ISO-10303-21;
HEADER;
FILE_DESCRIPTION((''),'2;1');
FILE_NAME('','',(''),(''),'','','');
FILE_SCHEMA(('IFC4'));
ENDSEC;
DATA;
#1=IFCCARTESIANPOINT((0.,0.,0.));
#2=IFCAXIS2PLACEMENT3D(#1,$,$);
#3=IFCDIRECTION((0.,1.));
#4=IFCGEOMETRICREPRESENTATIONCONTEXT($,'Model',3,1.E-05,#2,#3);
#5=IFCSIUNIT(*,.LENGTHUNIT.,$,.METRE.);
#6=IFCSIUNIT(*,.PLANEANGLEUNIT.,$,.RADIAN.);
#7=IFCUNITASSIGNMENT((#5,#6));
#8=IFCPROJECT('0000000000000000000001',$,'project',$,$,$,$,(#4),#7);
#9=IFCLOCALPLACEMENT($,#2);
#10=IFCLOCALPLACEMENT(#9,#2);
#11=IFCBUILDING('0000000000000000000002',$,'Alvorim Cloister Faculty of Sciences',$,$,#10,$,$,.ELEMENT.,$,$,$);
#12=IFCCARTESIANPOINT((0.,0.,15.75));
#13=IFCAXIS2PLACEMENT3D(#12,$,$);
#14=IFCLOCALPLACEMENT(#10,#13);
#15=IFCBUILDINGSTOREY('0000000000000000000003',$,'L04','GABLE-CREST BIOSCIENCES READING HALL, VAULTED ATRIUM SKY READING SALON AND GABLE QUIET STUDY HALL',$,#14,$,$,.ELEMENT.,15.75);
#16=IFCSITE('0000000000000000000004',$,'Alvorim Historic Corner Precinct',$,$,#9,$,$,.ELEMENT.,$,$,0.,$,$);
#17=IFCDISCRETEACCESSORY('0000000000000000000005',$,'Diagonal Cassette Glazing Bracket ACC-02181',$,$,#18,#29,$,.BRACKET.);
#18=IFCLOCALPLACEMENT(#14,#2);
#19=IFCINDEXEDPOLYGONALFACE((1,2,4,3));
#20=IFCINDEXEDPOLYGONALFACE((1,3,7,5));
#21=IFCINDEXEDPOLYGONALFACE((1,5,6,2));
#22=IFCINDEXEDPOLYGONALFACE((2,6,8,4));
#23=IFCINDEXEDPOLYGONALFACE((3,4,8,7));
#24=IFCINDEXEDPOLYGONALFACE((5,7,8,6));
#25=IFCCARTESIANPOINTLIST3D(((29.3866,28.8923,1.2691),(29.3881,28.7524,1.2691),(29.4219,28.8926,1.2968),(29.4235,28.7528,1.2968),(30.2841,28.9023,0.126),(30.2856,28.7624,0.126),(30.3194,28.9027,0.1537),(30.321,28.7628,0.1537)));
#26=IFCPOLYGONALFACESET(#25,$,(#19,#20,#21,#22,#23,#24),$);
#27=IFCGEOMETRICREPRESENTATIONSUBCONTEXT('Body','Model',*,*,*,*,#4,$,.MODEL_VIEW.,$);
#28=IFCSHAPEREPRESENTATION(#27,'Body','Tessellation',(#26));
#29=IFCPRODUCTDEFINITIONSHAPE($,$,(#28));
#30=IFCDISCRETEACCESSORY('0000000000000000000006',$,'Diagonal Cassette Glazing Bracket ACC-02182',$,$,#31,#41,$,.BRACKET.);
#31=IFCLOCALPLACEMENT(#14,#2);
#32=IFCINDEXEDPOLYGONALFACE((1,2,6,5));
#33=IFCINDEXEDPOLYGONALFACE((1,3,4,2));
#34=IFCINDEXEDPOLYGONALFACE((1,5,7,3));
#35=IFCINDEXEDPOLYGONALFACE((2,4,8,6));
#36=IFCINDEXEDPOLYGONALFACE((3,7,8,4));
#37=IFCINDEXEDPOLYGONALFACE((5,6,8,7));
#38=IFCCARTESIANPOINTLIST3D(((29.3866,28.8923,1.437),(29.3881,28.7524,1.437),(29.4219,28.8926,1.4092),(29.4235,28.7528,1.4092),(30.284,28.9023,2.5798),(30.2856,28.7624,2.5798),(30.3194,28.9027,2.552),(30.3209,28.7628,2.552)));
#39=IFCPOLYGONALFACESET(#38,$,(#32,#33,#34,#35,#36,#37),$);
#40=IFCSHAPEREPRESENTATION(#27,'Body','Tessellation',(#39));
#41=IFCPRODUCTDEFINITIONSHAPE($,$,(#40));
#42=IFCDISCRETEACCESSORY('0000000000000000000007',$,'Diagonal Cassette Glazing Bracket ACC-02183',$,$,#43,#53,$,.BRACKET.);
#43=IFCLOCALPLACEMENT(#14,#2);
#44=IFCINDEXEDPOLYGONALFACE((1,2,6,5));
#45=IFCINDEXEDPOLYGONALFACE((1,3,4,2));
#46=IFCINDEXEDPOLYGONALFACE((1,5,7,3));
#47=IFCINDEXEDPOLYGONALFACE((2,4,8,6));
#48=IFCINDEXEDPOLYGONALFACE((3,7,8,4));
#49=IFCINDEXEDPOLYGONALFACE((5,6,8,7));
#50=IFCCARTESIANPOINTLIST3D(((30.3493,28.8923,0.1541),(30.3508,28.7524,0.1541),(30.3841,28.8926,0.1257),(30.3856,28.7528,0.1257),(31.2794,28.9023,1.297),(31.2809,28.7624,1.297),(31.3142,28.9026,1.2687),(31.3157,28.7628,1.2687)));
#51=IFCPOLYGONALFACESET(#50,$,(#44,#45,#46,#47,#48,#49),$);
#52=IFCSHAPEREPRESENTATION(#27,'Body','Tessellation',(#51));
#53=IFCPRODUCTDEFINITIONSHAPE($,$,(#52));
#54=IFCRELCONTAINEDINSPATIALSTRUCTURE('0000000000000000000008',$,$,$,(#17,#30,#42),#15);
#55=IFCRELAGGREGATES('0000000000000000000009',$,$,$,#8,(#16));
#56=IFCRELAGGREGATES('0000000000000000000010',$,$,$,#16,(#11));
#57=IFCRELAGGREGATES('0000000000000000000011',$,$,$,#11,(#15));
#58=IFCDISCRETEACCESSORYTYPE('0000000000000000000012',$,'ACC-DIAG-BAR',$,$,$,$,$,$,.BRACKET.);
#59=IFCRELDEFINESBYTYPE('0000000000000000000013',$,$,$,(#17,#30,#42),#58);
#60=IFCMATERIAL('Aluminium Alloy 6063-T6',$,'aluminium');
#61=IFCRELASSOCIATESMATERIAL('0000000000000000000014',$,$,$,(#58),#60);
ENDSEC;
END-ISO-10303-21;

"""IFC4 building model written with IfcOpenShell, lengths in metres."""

from ifc_helpers import new_model, si_unit, direction, frame, origin, origin_2d, place, context, subcontext, project, spatial, rectangle, extrude, material, type_object, element, save


model = new_model("IFC4")

# Units and contexts
model_context = context("Model", 3, precision=1e-05, world=origin(), true_north=direction((0.0, 1.0)))
body_context = subcontext(model_context, "Body", "Model", "MODEL_VIEW")
ifc_project = project(units=[si_unit("LENGTHUNIT", "METRE"), si_unit("PLANEANGLEUNIT", "RADIAN")], contexts=[model_context])

# Site, building, storey
site_placement = place(None, origin())
site = spatial("IfcSite", under=ifc_project, at=site_placement, Name="Alvorim Historic Corner Precinct", CompositionType="ELEMENT", RefElevation=0.0)
building_placement = place(site_placement, origin())
building = spatial("IfcBuilding", under=site, at=building_placement, Name="Alvorim Cloister Faculty of Sciences", CompositionType="ELEMENT")
storey_placement = place(building_placement, frame((0.0, 0.0, 15.75)))
storey = spatial("IfcBuildingStorey", under=building, at=storey_placement, Name="L04", Description="GABLE-CREST BIOSCIENCES READING HALL, VAULTED ATRIUM SKY READING SALON AND GABLE QUIET STUDY HALL", CompositionType="ELEMENT", Elevation=15.75)

# Shared definitions
ifc_material_1 = material(Name="Aluminium Alloy 6063-T6", Category="aluminium")

# Discrete accessories
discrete_accessory_type = type_object("IfcDiscreteAccessoryType", Name="ACC-DIAG-BAR", PredefinedType="BRACKET", material=ifc_material_1)
discrete_accessory_1_placement = place(storey_placement, frame((29.405, 28.8225, 1.283), z_axis=(0.617525, 0.006888, -0.786521), x_axis=(-0.011153, 0.999938, 0.0)))
element("IfcDiscreteAccessory", 1, at=discrete_accessory_1_placement, inside=storey, type_object=discrete_accessory_type, Name="Diagonal Cassette Glazing Bracket ACC-02181", PredefinedType="BRACKET", context=body_context, shape_type="SweptSolid", body=[
    extrude(rectangle(XDim=0.1399, YDim=0.0449, at=origin_2d()), origin(), (0.0, 0.0, 1.0), 1.4534),
])
discrete_accessory_2_placement = place(storey_placement, frame((29.405, 28.8225, 1.4231), z_axis=(0.617607, 0.006888, 0.786457), x_axis=(-0.011153, 0.999938, 0.0)))
element("IfcDiscreteAccessory", 2, at=discrete_accessory_2_placement, inside=storey, type_object=discrete_accessory_type, Name="Diagonal Cassette Glazing Bracket ACC-02182", PredefinedType="BRACKET", context=body_context, shape_type="SweptSolid", body=[
    extrude(rectangle(XDim=0.1399, YDim=0.0449, at=origin_2d()), origin(), (0.0, 0.0, 1.0), 1.4531),
])
discrete_accessory_3_placement = place(storey_placement, frame((30.3674, 28.8225, 0.1399), z_axis=(0.631164, 0.006792, 0.77562), x_axis=(-0.010761, 0.999942, 0.0)))
element("IfcDiscreteAccessory", 3, at=discrete_accessory_3_placement, inside=storey, type_object=discrete_accessory_type, Name="Diagonal Cassette Glazing Bracket ACC-02183", PredefinedType="BRACKET", context=body_context, shape_type="SweptSolid", body=[
    extrude(rectangle(XDim=0.1399, YDim=0.0449, at=origin_2d()), origin(), (0.0, 0.0, 1.0), 1.4736),
])

save(model, "model.ifc")
